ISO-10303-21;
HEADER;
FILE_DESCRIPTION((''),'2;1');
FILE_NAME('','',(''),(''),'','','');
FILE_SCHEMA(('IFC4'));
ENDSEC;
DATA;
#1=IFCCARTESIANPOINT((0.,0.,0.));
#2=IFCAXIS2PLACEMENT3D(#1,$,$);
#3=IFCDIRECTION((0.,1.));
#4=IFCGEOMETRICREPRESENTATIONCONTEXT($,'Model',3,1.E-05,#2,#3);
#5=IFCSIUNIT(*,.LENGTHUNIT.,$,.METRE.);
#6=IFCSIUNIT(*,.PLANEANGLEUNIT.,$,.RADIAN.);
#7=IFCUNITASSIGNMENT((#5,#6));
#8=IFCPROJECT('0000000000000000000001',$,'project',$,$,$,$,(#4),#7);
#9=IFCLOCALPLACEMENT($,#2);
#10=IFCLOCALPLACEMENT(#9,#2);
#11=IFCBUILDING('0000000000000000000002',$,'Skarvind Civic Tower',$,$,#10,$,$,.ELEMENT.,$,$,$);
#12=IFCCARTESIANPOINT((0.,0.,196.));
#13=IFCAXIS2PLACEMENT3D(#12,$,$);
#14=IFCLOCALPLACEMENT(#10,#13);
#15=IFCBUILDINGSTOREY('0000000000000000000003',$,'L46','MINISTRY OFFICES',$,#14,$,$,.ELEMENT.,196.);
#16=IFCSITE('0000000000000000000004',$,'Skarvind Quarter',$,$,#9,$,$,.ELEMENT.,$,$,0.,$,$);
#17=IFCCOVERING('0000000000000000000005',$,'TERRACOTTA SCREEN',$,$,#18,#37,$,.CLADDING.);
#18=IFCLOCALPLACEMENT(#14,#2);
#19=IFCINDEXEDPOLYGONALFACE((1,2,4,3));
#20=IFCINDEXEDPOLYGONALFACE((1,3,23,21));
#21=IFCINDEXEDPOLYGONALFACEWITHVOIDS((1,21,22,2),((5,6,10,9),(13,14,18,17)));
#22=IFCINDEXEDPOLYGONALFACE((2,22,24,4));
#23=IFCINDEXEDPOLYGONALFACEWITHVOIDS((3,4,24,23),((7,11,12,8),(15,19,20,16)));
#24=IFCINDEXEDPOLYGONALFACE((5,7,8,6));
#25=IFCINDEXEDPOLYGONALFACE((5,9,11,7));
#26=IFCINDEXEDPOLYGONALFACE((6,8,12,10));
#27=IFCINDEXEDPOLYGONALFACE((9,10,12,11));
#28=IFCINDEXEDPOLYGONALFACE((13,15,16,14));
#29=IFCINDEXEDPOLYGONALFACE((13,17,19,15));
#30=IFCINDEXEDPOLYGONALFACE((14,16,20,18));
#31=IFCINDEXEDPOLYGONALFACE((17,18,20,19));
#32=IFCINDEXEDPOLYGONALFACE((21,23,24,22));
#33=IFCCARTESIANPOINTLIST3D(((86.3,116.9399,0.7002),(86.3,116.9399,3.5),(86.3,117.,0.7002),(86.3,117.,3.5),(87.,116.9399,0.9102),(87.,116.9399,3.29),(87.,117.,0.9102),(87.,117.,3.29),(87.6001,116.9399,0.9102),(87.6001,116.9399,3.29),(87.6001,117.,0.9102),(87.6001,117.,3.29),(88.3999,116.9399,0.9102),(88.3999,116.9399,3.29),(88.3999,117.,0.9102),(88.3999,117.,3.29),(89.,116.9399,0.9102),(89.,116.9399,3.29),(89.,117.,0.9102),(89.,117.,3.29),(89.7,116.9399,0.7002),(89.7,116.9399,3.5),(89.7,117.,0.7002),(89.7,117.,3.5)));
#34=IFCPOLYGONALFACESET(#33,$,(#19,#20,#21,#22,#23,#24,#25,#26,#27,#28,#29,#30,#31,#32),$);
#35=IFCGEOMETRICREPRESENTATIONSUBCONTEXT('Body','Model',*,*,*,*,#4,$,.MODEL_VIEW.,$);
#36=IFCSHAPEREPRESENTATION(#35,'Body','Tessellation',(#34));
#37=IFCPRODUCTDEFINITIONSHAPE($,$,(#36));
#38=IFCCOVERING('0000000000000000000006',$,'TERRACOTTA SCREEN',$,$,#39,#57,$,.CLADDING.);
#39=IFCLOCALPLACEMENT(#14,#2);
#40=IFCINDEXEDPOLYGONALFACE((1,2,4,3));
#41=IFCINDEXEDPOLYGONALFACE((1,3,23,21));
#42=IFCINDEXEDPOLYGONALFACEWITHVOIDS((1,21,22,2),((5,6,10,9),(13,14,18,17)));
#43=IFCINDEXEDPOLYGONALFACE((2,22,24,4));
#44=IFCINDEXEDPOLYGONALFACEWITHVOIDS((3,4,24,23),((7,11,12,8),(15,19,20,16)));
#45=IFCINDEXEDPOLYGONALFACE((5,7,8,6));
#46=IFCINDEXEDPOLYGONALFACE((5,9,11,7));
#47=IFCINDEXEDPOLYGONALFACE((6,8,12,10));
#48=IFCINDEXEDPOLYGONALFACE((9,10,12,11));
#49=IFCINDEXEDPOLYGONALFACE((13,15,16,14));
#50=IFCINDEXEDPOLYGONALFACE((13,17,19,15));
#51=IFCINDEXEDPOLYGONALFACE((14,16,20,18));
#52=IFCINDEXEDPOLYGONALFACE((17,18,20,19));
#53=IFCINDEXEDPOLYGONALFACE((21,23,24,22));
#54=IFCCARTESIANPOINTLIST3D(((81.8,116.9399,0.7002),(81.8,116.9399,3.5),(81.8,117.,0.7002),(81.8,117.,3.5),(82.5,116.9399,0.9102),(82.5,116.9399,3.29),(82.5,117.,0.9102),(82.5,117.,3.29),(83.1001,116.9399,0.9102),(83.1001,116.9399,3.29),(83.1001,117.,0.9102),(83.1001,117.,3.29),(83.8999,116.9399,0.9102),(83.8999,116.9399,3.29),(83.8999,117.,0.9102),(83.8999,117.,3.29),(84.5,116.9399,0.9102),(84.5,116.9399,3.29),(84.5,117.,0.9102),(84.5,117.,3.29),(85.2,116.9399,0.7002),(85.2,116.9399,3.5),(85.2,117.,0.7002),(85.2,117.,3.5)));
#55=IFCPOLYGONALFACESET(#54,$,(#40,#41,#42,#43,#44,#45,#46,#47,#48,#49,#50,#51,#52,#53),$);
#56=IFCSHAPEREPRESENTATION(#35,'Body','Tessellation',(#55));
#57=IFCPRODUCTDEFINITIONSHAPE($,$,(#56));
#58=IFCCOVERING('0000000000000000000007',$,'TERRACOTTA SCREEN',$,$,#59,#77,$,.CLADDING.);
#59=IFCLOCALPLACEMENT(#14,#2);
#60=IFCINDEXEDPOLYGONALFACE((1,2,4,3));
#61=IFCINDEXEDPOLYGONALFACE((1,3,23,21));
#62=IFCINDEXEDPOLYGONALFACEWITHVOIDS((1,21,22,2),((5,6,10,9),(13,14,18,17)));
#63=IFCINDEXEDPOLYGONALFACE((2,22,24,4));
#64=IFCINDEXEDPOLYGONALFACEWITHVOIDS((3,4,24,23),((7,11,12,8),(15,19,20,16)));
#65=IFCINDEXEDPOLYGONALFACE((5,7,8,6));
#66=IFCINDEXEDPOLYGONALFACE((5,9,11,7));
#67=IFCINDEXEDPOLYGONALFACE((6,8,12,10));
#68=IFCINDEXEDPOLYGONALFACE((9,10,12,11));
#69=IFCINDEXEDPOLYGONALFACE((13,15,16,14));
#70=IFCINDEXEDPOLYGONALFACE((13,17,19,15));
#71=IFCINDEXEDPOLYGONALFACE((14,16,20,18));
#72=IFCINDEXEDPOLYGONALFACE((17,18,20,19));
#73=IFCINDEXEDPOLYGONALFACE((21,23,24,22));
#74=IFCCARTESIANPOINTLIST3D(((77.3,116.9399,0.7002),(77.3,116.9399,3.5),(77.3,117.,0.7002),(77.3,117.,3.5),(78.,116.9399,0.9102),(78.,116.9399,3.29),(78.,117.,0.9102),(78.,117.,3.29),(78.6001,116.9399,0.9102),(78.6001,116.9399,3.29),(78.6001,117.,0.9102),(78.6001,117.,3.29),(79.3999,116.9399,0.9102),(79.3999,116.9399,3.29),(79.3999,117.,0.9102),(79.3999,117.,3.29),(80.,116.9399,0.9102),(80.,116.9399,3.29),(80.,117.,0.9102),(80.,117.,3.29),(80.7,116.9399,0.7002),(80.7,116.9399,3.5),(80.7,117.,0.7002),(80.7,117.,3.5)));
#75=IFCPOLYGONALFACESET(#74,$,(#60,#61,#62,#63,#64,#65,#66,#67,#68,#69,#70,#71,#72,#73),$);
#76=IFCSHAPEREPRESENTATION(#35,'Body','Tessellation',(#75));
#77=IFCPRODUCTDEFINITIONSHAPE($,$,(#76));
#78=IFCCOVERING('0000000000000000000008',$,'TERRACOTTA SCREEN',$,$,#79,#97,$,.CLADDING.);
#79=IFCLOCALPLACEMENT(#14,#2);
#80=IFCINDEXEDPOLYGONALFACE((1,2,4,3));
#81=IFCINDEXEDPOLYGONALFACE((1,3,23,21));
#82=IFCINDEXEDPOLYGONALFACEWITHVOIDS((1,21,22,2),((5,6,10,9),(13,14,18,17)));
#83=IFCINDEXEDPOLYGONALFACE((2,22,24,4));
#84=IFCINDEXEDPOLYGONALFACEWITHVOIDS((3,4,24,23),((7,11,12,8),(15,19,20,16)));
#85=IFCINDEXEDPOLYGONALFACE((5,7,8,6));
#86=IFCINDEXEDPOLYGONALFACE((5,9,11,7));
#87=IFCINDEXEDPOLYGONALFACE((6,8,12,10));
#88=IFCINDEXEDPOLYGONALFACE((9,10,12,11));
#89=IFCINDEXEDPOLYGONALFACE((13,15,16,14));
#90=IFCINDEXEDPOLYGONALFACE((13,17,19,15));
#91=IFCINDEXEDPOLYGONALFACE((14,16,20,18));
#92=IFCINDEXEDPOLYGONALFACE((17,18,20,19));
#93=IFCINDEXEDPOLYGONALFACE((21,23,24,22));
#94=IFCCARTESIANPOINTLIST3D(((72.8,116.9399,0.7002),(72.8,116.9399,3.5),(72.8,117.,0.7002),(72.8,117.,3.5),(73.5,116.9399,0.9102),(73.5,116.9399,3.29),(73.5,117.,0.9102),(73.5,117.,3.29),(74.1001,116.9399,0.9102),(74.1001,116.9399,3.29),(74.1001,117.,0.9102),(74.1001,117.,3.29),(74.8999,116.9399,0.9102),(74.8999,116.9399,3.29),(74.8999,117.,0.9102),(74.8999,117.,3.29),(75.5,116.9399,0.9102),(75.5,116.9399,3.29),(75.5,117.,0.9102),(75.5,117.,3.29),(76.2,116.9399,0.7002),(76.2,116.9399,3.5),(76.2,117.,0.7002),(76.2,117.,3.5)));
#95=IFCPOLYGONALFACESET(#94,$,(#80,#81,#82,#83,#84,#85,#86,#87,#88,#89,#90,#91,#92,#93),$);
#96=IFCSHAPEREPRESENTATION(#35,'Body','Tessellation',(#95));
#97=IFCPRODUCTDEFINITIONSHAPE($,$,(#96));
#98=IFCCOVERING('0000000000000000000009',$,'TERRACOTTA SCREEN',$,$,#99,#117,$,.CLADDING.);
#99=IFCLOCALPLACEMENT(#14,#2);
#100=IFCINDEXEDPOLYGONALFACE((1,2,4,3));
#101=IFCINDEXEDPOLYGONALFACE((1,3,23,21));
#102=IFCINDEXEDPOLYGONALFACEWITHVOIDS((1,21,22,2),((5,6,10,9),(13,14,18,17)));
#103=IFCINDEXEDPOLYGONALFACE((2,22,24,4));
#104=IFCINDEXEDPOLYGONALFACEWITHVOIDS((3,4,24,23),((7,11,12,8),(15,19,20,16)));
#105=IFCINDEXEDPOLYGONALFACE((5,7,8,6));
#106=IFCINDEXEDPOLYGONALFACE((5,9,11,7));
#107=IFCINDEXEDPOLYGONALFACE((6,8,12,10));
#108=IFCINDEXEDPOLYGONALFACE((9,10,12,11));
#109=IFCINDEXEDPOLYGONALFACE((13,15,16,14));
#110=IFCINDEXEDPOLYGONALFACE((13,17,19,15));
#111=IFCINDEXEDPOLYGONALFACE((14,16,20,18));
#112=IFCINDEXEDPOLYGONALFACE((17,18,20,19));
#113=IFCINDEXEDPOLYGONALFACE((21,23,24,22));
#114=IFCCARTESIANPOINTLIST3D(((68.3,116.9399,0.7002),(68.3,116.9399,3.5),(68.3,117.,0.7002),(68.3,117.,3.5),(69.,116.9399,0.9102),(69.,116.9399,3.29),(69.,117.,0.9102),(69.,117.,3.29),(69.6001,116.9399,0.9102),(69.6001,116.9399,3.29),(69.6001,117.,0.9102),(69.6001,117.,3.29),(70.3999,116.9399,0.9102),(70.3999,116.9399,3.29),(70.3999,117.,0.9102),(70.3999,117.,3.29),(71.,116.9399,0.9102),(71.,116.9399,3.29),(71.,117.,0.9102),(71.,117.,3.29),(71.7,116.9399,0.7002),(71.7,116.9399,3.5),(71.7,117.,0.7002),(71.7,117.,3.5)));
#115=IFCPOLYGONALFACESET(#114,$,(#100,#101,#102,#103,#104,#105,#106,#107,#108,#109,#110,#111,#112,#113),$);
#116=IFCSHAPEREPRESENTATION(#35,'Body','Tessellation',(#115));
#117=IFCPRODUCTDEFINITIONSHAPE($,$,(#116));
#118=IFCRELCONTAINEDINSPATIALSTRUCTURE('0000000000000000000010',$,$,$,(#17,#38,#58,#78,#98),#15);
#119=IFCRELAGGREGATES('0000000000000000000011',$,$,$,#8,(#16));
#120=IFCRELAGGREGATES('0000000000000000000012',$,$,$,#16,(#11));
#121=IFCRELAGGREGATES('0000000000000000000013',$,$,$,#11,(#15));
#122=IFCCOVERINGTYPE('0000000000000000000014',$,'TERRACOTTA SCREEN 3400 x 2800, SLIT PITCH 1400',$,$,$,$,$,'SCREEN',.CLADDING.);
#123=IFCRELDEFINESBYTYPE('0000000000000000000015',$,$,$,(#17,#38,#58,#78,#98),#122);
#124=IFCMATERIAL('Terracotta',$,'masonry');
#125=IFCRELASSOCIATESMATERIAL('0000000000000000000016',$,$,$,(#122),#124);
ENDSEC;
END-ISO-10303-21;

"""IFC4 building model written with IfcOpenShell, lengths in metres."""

from ifc_helpers import new_model, si_unit, direction, frame, origin, place, context, subcontext, project, spatial, polyline, outline, extrude, material, material_profile, profile_set, type_object, element, save


model = new_model("IFC4")

# Units and contexts
model_context = context("Model", 3, precision=1e-05, world=origin(), true_north=direction((0.0, 1.0)))
body_context = subcontext(model_context, "Body", "Model", "MODEL_VIEW")
ifc_project = project(units=[si_unit("LENGTHUNIT", "METRE"), si_unit("PLANEANGLEUNIT", "RADIAN")], contexts=[model_context])

# Site, building, storey
site_placement = place(None, origin())
site = spatial("IfcSite", under=ifc_project, at=site_placement, Name="Skarvind Quarter", CompositionType="ELEMENT", RefElevation=0.0)
building_placement = place(site_placement, origin())
building = spatial("IfcBuilding", under=site, at=building_placement, Name="Skarvind Civic Tower", CompositionType="ELEMENT")
storey_placement = place(building_placement, frame((0.0, 0.0, 196.0)))
storey = spatial("IfcBuildingStorey", under=building, at=storey_placement, Name="L46", Description="MINISTRY OFFICES", CompositionType="ELEMENT", Elevation=196.0)

# Coverings
ifc_material_1 = material(Name="Terracotta", Category="masonry")
ifc_material_profile_1 = material_profile(ifc_material_1, outline(polyline([(-1.7, -1.3999), (1.7, -1.3999), (1.7, 1.3999), (-1.7, 1.3999), (-1.7, -1.3999)]), holes=[polyline([(-1.0, -1.1899), (-0.3999, -1.1899), (-0.3999, 1.1899), (-1.0, 1.1899), (-1.0, -1.1899)]), polyline([(0.3999, -1.1899), (1.0, -1.1899), (1.0, 1.1899), (0.3999, 1.1899), (0.3999, -1.1899)])]), Name="TERRACOTTA SCREEN 3400 x 2800, SLIT PITCH 1400")
ifc_profile_set_1 = profile_set([ifc_material_profile_1], Name="Terracotta")
covering_type = type_object("IfcCoveringType", Name="TERRACOTTA SCREEN 3400 x 2800, SLIT PITCH 1400", ElementType="SCREEN", PredefinedType="CLADDING", material=ifc_profile_set_1)
for number, where, z_axis, x_axis, name in (
    (1, (88.0, 117.0, 2.1001), (0.0, -1.0, 0.0), (1.0, 0.0, 0.0), "TERRACOTTA SCREEN"),
    (2, (83.5, 117.0, 2.1001), (0.0, -1.0, 0.0), (1.0, 0.0, 0.0), "TERRACOTTA SCREEN"),
    (3, (79.0, 117.0, 2.1001), (0.0, -1.0, 0.0), (1.0, 0.0, 0.0), "TERRACOTTA SCREEN"),
    (4, (74.5, 117.0, 2.1001), (0.0, -1.0, 0.0), (1.0, 0.0, 0.0), "TERRACOTTA SCREEN"),
    (5, (70.0, 117.0, 2.1001), (0.0, -1.0, 0.0), (1.0, 0.0, 0.0), "TERRACOTTA SCREEN"),
):
    element("IfcCovering", number, at=place(storey_placement, frame(where, z_axis=z_axis, x_axis=x_axis)), inside=storey, type_object=covering_type, Name=name, PredefinedType="CLADDING", context=body_context, shape_type="SweptSolid", body=[
        extrude(outline(polyline([(-1.7, -1.3999), (1.7, -1.3999), (1.7, 1.3999), (-1.7, 1.3999), (-1.7, -1.3999)]), holes=[polyline([(-1.0, -1.1899), (-0.3999, -1.1899), (-0.3999, 1.1899), (-1.0, 1.1899), (-1.0, -1.1899)]), polyline([(0.3999, -1.1899), (1.0, -1.1899), (1.0, 1.1899), (0.3999, 1.1899), (0.3999, -1.1899)])]), origin(), (0.0, 0.0, 1.0), 0.0601),
    ])

save(model, "model.ifc")
